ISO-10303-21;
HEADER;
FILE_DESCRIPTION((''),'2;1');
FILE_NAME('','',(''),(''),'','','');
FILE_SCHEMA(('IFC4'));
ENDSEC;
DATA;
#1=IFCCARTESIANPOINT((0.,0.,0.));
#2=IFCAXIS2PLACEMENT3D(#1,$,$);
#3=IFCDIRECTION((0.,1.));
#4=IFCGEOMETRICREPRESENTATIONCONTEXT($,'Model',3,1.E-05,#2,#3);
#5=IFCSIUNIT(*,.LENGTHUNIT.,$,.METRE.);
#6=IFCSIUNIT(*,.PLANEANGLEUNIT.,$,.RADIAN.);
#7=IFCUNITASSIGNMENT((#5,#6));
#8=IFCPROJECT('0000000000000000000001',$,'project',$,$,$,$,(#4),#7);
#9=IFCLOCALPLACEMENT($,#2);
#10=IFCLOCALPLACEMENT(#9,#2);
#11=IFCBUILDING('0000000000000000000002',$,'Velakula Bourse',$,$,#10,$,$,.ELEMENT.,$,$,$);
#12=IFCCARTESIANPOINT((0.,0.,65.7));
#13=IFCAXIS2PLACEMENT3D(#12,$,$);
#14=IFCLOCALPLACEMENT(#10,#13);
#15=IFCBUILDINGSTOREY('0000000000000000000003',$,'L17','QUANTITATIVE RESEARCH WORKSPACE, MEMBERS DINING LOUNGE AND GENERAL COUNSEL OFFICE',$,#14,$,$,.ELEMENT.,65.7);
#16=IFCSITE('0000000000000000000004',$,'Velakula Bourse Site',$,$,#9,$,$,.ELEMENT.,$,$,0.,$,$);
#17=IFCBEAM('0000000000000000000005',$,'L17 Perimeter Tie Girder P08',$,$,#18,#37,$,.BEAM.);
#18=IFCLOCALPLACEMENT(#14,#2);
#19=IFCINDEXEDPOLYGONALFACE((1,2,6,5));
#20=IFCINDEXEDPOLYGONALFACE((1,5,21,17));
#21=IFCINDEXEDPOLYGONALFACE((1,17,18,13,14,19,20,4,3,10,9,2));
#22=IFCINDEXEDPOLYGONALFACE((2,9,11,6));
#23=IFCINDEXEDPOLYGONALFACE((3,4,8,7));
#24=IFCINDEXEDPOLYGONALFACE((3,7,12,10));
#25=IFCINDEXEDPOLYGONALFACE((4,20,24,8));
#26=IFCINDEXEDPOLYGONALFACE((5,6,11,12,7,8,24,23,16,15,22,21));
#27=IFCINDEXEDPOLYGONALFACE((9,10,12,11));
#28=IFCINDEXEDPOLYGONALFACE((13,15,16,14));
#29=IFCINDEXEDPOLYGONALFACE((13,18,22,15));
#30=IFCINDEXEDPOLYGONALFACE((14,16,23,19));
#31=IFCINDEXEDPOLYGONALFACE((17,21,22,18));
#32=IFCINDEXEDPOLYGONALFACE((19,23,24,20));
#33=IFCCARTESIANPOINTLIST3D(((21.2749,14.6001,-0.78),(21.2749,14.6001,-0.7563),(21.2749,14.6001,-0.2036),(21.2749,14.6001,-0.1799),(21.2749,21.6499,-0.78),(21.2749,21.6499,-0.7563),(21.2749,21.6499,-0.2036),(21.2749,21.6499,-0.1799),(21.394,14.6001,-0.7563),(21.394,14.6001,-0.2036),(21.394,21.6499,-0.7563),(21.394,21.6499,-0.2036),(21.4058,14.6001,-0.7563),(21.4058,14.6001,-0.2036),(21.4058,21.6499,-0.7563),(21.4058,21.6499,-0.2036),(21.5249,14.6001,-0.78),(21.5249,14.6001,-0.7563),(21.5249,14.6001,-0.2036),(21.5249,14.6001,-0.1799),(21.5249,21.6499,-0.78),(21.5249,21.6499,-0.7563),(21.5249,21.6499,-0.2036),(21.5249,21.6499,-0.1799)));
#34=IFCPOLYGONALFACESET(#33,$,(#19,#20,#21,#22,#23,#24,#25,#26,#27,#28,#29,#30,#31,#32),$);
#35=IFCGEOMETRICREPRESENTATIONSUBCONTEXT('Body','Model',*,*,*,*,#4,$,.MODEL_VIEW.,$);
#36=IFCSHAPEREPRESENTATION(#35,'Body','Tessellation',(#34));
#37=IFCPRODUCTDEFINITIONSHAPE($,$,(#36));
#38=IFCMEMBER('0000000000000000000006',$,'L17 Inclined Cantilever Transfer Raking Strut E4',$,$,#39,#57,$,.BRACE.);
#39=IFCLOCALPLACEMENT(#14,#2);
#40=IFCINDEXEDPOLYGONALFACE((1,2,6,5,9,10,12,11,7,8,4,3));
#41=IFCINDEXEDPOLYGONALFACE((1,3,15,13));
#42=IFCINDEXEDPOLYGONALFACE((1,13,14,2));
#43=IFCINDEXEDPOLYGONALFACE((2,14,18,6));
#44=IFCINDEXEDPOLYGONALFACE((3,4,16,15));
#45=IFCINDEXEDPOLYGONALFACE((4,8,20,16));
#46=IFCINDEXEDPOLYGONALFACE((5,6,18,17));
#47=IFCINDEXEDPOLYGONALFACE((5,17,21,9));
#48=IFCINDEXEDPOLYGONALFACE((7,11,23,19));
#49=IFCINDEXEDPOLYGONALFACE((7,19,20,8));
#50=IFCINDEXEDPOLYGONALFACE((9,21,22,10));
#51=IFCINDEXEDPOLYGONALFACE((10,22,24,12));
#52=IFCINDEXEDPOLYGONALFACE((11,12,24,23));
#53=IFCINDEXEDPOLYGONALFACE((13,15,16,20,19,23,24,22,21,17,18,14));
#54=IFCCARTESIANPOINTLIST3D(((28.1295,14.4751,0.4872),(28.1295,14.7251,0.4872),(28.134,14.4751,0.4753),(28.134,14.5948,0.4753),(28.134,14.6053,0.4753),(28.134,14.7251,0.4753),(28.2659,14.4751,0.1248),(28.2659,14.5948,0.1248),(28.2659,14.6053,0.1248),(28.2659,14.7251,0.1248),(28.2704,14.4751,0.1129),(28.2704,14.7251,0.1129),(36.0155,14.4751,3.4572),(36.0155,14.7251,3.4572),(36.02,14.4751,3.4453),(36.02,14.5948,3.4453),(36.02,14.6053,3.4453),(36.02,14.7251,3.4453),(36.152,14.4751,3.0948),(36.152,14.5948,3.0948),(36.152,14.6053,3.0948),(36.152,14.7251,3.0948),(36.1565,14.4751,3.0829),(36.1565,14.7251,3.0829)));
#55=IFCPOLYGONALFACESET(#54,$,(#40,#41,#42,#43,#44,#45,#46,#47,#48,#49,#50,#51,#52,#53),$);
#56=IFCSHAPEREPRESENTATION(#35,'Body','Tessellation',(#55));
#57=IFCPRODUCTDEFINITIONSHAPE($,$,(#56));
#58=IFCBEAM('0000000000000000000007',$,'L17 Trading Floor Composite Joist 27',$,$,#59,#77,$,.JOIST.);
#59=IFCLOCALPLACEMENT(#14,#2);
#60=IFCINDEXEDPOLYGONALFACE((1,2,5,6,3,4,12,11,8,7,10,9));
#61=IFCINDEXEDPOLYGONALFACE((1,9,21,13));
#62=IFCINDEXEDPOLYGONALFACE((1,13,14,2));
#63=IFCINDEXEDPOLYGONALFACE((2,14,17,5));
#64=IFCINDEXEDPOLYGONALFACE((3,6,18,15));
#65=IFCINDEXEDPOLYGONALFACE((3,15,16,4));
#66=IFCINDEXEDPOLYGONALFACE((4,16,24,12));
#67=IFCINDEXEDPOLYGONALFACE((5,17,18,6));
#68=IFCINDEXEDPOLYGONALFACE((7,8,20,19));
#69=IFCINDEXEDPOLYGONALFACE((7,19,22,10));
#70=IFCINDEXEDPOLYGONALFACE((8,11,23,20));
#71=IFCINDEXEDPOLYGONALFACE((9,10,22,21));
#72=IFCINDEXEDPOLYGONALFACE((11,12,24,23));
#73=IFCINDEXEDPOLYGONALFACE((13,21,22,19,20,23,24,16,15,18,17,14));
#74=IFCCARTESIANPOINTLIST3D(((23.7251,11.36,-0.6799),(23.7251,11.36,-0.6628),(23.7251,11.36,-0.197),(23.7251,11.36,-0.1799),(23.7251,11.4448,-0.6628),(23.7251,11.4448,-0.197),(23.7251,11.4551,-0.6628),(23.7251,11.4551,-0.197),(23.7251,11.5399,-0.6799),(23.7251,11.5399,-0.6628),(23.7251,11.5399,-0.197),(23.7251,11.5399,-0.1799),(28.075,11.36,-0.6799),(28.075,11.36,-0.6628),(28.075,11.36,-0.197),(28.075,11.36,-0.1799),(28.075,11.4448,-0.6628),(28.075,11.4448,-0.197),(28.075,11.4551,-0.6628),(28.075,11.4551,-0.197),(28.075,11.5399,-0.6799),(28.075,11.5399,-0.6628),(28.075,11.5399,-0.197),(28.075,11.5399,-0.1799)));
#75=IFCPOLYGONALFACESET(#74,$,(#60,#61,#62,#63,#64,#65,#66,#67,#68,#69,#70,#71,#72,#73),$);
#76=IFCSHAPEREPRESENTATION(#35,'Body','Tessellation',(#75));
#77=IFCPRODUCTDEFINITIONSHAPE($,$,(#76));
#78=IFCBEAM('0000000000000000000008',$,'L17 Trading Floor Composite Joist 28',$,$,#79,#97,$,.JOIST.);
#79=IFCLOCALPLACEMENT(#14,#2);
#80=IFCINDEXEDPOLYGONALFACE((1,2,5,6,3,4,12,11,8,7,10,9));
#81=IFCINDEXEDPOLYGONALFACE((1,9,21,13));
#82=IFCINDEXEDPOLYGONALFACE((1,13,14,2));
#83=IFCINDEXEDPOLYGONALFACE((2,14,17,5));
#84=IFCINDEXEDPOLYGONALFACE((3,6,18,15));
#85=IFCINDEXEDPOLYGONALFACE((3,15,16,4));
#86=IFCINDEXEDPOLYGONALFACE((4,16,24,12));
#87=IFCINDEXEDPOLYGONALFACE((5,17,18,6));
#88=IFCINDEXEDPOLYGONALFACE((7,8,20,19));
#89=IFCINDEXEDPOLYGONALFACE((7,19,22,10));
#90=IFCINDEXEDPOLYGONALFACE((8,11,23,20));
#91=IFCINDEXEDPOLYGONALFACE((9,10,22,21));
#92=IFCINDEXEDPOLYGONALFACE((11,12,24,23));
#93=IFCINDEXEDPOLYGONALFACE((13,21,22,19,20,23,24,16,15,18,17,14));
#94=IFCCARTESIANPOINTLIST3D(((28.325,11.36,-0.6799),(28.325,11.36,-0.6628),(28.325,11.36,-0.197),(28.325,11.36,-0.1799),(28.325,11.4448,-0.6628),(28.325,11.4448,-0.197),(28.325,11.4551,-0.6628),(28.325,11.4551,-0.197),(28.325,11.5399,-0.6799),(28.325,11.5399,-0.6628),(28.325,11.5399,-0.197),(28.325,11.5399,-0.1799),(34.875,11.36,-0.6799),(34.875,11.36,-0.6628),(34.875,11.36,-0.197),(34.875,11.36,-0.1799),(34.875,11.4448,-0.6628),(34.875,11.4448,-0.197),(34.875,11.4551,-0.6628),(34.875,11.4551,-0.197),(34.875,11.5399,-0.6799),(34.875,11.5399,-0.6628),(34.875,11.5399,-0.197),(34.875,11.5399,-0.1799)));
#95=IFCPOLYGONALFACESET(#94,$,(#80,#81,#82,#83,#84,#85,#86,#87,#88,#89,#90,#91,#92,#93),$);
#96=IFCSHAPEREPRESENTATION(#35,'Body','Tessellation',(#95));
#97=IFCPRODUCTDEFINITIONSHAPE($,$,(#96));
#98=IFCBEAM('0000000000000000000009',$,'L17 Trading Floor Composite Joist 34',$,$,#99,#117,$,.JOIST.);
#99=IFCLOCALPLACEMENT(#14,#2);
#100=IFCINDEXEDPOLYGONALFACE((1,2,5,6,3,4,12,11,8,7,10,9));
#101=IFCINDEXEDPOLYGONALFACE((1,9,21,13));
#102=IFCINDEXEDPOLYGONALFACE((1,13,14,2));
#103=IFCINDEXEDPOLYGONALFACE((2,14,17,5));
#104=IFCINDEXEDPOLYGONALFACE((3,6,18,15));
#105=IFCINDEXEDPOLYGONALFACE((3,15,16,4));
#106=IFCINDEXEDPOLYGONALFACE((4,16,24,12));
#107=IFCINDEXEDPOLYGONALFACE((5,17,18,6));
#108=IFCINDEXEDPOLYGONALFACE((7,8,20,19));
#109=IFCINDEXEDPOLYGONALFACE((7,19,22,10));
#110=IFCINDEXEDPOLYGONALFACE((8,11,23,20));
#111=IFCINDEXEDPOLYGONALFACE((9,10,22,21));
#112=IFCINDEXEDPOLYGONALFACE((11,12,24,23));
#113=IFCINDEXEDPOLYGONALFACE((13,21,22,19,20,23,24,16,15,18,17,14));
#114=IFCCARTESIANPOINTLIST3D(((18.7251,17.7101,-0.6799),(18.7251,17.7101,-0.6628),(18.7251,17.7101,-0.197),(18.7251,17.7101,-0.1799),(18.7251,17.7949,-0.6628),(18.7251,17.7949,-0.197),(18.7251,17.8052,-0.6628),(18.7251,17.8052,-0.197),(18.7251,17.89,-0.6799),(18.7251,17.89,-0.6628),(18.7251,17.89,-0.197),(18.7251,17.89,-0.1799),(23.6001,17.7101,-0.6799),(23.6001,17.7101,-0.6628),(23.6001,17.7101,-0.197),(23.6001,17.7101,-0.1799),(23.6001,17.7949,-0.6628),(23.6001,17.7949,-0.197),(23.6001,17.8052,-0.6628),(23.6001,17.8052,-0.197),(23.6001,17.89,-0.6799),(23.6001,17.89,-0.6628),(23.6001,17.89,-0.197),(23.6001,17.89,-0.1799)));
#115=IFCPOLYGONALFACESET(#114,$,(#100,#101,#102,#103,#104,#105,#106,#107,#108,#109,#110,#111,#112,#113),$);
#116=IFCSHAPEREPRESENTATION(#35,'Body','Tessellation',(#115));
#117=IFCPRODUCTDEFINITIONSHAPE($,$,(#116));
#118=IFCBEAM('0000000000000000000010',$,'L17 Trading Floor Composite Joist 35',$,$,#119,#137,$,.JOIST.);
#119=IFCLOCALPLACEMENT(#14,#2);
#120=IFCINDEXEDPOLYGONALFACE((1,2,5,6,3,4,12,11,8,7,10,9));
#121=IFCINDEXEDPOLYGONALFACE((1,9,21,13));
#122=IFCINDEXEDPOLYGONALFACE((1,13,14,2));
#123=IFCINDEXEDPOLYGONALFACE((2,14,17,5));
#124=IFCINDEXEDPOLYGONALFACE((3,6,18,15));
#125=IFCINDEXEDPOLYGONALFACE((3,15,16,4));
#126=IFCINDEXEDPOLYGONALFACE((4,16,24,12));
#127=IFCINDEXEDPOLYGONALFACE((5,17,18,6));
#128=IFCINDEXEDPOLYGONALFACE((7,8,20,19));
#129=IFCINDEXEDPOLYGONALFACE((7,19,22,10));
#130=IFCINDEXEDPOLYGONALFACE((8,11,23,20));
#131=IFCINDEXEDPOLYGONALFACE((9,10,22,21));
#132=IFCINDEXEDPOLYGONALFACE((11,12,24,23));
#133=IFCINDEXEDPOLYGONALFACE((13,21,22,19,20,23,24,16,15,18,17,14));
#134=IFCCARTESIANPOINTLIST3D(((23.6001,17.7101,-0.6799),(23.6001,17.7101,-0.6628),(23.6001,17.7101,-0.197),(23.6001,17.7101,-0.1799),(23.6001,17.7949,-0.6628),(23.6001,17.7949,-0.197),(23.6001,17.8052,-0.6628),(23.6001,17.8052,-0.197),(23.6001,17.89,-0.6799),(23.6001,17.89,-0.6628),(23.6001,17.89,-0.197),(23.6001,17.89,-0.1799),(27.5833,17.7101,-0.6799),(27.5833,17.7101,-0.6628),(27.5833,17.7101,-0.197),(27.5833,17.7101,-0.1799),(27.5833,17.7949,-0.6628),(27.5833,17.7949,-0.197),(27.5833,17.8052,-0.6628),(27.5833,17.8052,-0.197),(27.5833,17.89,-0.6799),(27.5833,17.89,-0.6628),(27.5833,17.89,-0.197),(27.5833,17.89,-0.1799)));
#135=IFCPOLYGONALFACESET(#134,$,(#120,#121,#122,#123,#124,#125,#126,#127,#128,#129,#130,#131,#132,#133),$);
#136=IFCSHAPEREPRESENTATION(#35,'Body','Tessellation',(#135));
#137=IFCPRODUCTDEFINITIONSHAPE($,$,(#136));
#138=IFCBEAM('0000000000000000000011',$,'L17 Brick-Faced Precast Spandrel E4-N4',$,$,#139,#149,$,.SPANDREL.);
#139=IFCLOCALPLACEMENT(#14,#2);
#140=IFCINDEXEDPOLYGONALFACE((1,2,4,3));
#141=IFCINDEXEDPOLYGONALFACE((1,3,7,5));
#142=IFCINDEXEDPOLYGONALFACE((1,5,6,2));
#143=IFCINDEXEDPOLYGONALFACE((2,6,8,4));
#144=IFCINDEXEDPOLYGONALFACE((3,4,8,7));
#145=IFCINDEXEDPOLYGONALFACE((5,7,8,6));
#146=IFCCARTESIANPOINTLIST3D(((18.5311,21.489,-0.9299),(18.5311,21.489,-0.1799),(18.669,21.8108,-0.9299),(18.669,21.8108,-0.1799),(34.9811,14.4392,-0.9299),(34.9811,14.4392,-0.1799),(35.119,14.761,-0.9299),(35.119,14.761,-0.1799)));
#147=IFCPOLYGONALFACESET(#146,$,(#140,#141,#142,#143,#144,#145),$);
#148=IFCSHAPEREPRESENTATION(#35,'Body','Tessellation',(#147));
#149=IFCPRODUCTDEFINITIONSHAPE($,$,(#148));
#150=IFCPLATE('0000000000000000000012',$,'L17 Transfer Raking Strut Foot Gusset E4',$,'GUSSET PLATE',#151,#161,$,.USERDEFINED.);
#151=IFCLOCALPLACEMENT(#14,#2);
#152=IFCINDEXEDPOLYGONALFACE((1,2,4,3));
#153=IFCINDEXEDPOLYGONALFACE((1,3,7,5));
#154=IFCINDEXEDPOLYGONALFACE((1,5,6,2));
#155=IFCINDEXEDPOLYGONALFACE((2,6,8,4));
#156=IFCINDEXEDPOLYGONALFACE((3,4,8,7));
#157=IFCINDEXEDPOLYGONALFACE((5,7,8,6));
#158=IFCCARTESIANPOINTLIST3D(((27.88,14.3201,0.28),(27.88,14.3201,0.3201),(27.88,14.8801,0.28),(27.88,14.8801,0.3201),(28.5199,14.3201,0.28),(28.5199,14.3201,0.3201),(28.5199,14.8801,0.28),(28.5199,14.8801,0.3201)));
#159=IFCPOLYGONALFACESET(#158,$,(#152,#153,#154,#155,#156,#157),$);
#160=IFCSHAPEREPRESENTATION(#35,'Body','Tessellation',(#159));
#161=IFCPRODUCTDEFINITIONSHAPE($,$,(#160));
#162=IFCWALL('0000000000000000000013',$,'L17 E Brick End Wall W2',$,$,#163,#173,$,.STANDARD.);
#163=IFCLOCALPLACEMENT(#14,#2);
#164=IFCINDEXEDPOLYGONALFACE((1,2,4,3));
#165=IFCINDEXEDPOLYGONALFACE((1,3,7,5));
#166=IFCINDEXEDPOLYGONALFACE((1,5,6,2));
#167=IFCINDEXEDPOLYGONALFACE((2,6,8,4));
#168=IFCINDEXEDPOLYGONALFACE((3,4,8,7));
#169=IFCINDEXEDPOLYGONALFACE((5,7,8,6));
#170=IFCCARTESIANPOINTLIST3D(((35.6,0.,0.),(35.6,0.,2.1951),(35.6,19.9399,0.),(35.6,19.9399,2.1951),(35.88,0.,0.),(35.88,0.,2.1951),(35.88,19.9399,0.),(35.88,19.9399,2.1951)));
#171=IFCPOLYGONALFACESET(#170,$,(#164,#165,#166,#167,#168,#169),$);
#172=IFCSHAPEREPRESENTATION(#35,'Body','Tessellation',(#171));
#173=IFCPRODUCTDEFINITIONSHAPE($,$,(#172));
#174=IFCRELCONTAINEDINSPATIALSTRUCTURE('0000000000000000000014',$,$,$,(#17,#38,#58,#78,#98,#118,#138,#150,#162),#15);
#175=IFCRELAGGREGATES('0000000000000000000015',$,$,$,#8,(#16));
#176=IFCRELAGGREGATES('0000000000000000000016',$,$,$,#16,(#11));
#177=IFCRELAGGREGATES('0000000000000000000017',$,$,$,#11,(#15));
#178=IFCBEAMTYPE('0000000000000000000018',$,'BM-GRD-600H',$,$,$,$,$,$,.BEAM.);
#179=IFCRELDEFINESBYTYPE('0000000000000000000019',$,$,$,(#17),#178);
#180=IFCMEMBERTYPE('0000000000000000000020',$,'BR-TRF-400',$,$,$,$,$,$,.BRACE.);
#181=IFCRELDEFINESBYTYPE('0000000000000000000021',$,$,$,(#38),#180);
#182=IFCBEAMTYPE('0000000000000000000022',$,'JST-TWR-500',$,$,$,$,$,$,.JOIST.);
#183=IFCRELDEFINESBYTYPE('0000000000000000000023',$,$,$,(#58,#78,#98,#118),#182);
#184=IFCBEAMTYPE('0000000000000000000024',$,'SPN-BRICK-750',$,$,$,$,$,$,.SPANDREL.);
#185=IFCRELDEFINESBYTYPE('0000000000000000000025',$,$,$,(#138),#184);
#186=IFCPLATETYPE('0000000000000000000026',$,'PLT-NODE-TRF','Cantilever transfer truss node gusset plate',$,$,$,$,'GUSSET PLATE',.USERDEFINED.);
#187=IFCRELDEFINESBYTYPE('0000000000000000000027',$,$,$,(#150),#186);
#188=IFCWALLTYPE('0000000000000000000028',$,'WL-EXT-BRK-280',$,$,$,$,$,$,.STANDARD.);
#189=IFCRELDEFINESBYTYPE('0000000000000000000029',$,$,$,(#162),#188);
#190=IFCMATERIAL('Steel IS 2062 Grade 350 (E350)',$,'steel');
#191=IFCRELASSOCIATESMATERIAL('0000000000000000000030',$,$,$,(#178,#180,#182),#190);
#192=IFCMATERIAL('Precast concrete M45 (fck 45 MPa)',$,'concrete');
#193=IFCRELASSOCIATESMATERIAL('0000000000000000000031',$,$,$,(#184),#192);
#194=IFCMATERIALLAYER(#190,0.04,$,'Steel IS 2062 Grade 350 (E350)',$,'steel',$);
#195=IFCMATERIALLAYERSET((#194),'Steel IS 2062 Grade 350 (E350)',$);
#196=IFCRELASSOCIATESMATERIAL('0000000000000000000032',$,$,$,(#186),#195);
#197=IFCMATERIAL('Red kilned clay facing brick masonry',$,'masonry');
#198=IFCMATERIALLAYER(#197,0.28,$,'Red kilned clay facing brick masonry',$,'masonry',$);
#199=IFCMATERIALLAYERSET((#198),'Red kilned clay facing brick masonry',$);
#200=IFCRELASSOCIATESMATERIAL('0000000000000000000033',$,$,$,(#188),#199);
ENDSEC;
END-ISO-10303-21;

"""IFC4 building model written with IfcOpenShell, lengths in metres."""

from ifc_helpers import new_model, si_unit, direction, frame, frame_2d, origin, origin_2d, place, context, subcontext, project, spatial, rectangle, i_section, extrude, material, layer, layer_set, material_profile, profile_set, type_object, element, save


model = new_model("IFC4")

# Units and contexts
model_context = context("Model", 3, precision=1e-05, world=origin(), true_north=direction((0.0, 1.0)))
body_context = subcontext(model_context, "Body", "Model", "MODEL_VIEW")
ifc_project = project(units=[si_unit("LENGTHUNIT", "METRE"), si_unit("PLANEANGLEUNIT", "RADIAN")], contexts=[model_context])

# Site, building, storey
site_placement = place(None, origin())
site = spatial("IfcSite", under=ifc_project, at=site_placement, Name="Velakula Bourse Site", CompositionType="ELEMENT", RefElevation=0.0)
building_placement = place(site_placement, origin())
building = spatial("IfcBuilding", under=site, at=building_placement, Name="Velakula Bourse", CompositionType="ELEMENT")
storey_placement = place(building_placement, frame((0.0, 0.0, 65.7)))
storey = spatial("IfcBuildingStorey", under=building, at=storey_placement, Name="L17", Description="QUANTITATIVE RESEARCH WORKSPACE, MEMBERS DINING LOUNGE AND GENERAL COUNSEL OFFICE", CompositionType="ELEMENT", Elevation=65.7)

# Shared definitions
ifc_material_1 = material(Name="Precast concrete M45 (fck 45 MPa)", Category="concrete")

# Beam
ifc_material_2 = material(Name="Steel IS 2062 Grade 350 (E350)", Category="steel")
ifc_material_profile_1 = material_profile(ifc_material_2, i_section(OverallWidth=0.25, OverallDepth=0.6001, WebThickness=0.0117, FlangeThickness=0.0237, at=origin_2d()), Name="Steel IS 2062 Grade 350 (E350)")
ifc_profile_set_1 = profile_set([ifc_material_profile_1], Name="Steel IS 2062 Grade 350 (E350)")
beam_type_1 = type_object("IfcBeamType", Name="BM-GRD-600H", PredefinedType="BEAM", material=ifc_profile_set_1)
for number, where, z_axis, x_axis, name in (
    (1, (21.3999, 14.6001, -0.48), (0.0, 1.0, 0.0), (-1.0, 0.0, 0.0), "L17 Perimeter Tie Girder P08"),
):
    element("IfcBeam", number, at=place(storey_placement, frame(where, z_axis=z_axis, x_axis=x_axis)), inside=storey, type_object=beam_type_1, Name=name, PredefinedType="BEAM", context=body_context, shape_type="SweptSolid", body=[
        extrude(i_section(OverallWidth=0.25, OverallDepth=0.6001, WebThickness=0.0117, FlangeThickness=0.0237, at=origin_2d()), origin(), (0.0, 0.0, 1.0), 7.0498),
    ])

# Member
ifc_material_profile_2 = material_profile(ifc_material_2, i_section(OverallWidth=0.25, OverallDepth=0.3999, WebThickness=0.0105, FlangeThickness=0.0127, at=origin_2d()), Name="Steel IS 2062 Grade 350 (E350)")
ifc_profile_set_2 = profile_set([ifc_material_profile_2], Name="Steel IS 2062 Grade 350 (E350)")
member_type = type_object("IfcMemberType", Name="BR-TRF-400", PredefinedType="BRACE", material=ifc_profile_set_2)
member_placement = place(storey_placement, frame((28.2, 14.6001, 0.3), z_axis=(0.935832, 0.0, 0.352447), x_axis=(0.0, 1.0, 0.0)))
element("IfcMember", 2, at=member_placement, inside=storey, type_object=member_type, Name="L17 Inclined Cantilever Transfer Raking Strut E4", PredefinedType="BRACE", context=body_context, shape_type="SweptSolid", body=[
    extrude(i_section(OverallWidth=0.25, OverallDepth=0.3999, WebThickness=0.0105, FlangeThickness=0.0127, at=origin_2d()), origin(), (0.0, 0.0, 1.0), 8.4268),
])

# Beams
ifc_material_profile_3 = material_profile(ifc_material_2, i_section(OverallWidth=0.1799, OverallDepth=0.5, WebThickness=0.0103, FlangeThickness=0.0171, at=origin_2d()), Name="Steel IS 2062 Grade 350 (E350)")
ifc_profile_set_3 = profile_set([ifc_material_profile_3], Name="Steel IS 2062 Grade 350 (E350)")
beam_type_2 = type_object("IfcBeamType", Name="JST-TWR-500", PredefinedType="JOIST", material=ifc_profile_set_3)
beam_1_placement = place(storey_placement, frame((23.7251, 11.45, -0.4299), z_axis=(1.0, 0.0, 0.0), x_axis=(0.0, 1.0, 0.0)))
element("IfcBeam", 3, at=beam_1_placement, inside=storey, type_object=beam_type_2, Name="L17 Trading Floor Composite Joist 27", PredefinedType="JOIST", context=body_context, shape_type="SweptSolid", body=[
    extrude(i_section(OverallWidth=0.1799, OverallDepth=0.5, WebThickness=0.0103, FlangeThickness=0.0171, at=origin_2d()), origin(), (0.0, 0.0, 1.0), 4.3499),
])
beam_2_placement = place(storey_placement, frame((28.325, 11.45, -0.4299), z_axis=(1.0, 0.0, 0.0), x_axis=(0.0, 1.0, 0.0)))
element("IfcBeam", 4, at=beam_2_placement, inside=storey, type_object=beam_type_2, Name="L17 Trading Floor Composite Joist 28", PredefinedType="JOIST", context=body_context, shape_type="SweptSolid", body=[
    extrude(i_section(OverallWidth=0.1799, OverallDepth=0.5, WebThickness=0.0103, FlangeThickness=0.0171, at=origin_2d()), origin(), (0.0, 0.0, 1.0), 6.55),
])
beam_3_placement = place(storey_placement, frame((18.7251, 17.8, -0.4299), z_axis=(1.0, 0.0, 0.0), x_axis=(0.0, 1.0, 0.0)))
element("IfcBeam", 5, at=beam_3_placement, inside=storey, type_object=beam_type_2, Name="L17 Trading Floor Composite Joist 34", PredefinedType="JOIST", context=body_context, shape_type="SweptSolid", body=[
    extrude(i_section(OverallWidth=0.1799, OverallDepth=0.5, WebThickness=0.0103, FlangeThickness=0.0171, at=origin_2d()), origin(), (0.0, 0.0, 1.0), 4.875),
])
beam_4_placement = place(storey_placement, frame((23.6001, 17.8, -0.4299), z_axis=(1.0, 0.0, 0.0), x_axis=(0.0, 1.0, 0.0)))
element("IfcBeam", 6, at=beam_4_placement, inside=storey, type_object=beam_type_2, Name="L17 Trading Floor Composite Joist 35", PredefinedType="JOIST", context=body_context, shape_type="SweptSolid", body=[
    extrude(i_section(OverallWidth=0.1799, OverallDepth=0.5, WebThickness=0.0103, FlangeThickness=0.0171, at=origin_2d()), origin(), (0.0, 0.0, 1.0), 3.9832),
])
ifc_material_profile_4 = material_profile(ifc_material_1, rectangle(XDim=0.3501, YDim=0.75, at=origin_2d()), Name="Precast concrete M45 (fck 45 MPa)")
ifc_profile_set_4 = profile_set([ifc_material_profile_4], Name="Precast concrete M45 (fck 45 MPa)")
beam_type_3 = type_object("IfcBeamType", Name="SPN-BRICK-750", PredefinedType="SPANDREL", material=ifc_profile_set_4)
beam_5_placement = place(storey_placement, frame((35.05, 14.6001, -0.5549), z_axis=(-0.919149, 0.393911, 0.0), x_axis=(-0.393911, -0.919149, 0.0)))
element("IfcBeam", 7, at=beam_5_placement, inside=storey, type_object=beam_type_3, Name="L17 Brick-Faced Precast Spandrel E4-N4", PredefinedType="SPANDREL", context=body_context, shape_type="SweptSolid", body=[
    extrude(rectangle(XDim=0.3501, YDim=0.75, at=origin_2d()), origin(), (0.0, 0.0, 1.0), 17.897),
])

# Plate
ifc_layer_1 = layer(ifc_material_2, 0.04, Name="Steel IS 2062 Grade 350 (E350)", Category="steel")
ifc_layer_set_1 = layer_set([ifc_layer_1], Name="Steel IS 2062 Grade 350 (E350)")
plate_type = type_object("IfcPlateType", Name="PLT-NODE-TRF", Description="Cantilever transfer truss node gusset plate", ElementType="GUSSET PLATE", PredefinedType="USERDEFINED", material=ifc_layer_set_1)
plate_placement = place(storey_placement, frame((28.2, 14.6001, 0.28), z_axis=(0.0, 0.0, 1.0), x_axis=(1.0, 0.0, 0.0)))
element("IfcPlate", 8, at=plate_placement, inside=storey, type_object=plate_type, Name="L17 Transfer Raking Strut Foot Gusset E4", ObjectType="GUSSET PLATE", PredefinedType="USERDEFINED", context=body_context, shape_type="SweptSolid", body=[
    extrude(rectangle(XDim=0.6399, YDim=0.5601, at=origin_2d()), origin(), (0.0, 0.0, 1.0), 0.04),
])

# Wall
ifc_material_3 = material(Name="Red kilned clay facing brick masonry", Category="masonry")
ifc_layer_2 = layer(ifc_material_3, 0.28, Name="Red kilned clay facing brick masonry", Category="masonry")
ifc_layer_set_2 = layer_set([ifc_layer_2], Name="Red kilned clay facing brick masonry")
wall_type = type_object("IfcWallType", Name="WL-EXT-BRK-280", PredefinedType="STANDARD", material=ifc_layer_set_2)
wall_1_placement = place(storey_placement, frame((35.74, 19.9399, 0.0), z_axis=(0.0, 0.0, 1.0), x_axis=(0.0, -1.0, 0.0)))
element("IfcWall", 9, at=wall_1_placement, inside=storey, type_object=wall_type, Name="L17 E Brick End Wall W2", PredefinedType="STANDARD", context=body_context, shape_type="SweptSolid", body=[
    extrude(rectangle(XDim=19.9399, YDim=0.28, at=frame_2d((9.97, 0.0))), origin(), (0.0, 0.0, 1.0), 2.1951),
])

save(model, "model.ifc")
